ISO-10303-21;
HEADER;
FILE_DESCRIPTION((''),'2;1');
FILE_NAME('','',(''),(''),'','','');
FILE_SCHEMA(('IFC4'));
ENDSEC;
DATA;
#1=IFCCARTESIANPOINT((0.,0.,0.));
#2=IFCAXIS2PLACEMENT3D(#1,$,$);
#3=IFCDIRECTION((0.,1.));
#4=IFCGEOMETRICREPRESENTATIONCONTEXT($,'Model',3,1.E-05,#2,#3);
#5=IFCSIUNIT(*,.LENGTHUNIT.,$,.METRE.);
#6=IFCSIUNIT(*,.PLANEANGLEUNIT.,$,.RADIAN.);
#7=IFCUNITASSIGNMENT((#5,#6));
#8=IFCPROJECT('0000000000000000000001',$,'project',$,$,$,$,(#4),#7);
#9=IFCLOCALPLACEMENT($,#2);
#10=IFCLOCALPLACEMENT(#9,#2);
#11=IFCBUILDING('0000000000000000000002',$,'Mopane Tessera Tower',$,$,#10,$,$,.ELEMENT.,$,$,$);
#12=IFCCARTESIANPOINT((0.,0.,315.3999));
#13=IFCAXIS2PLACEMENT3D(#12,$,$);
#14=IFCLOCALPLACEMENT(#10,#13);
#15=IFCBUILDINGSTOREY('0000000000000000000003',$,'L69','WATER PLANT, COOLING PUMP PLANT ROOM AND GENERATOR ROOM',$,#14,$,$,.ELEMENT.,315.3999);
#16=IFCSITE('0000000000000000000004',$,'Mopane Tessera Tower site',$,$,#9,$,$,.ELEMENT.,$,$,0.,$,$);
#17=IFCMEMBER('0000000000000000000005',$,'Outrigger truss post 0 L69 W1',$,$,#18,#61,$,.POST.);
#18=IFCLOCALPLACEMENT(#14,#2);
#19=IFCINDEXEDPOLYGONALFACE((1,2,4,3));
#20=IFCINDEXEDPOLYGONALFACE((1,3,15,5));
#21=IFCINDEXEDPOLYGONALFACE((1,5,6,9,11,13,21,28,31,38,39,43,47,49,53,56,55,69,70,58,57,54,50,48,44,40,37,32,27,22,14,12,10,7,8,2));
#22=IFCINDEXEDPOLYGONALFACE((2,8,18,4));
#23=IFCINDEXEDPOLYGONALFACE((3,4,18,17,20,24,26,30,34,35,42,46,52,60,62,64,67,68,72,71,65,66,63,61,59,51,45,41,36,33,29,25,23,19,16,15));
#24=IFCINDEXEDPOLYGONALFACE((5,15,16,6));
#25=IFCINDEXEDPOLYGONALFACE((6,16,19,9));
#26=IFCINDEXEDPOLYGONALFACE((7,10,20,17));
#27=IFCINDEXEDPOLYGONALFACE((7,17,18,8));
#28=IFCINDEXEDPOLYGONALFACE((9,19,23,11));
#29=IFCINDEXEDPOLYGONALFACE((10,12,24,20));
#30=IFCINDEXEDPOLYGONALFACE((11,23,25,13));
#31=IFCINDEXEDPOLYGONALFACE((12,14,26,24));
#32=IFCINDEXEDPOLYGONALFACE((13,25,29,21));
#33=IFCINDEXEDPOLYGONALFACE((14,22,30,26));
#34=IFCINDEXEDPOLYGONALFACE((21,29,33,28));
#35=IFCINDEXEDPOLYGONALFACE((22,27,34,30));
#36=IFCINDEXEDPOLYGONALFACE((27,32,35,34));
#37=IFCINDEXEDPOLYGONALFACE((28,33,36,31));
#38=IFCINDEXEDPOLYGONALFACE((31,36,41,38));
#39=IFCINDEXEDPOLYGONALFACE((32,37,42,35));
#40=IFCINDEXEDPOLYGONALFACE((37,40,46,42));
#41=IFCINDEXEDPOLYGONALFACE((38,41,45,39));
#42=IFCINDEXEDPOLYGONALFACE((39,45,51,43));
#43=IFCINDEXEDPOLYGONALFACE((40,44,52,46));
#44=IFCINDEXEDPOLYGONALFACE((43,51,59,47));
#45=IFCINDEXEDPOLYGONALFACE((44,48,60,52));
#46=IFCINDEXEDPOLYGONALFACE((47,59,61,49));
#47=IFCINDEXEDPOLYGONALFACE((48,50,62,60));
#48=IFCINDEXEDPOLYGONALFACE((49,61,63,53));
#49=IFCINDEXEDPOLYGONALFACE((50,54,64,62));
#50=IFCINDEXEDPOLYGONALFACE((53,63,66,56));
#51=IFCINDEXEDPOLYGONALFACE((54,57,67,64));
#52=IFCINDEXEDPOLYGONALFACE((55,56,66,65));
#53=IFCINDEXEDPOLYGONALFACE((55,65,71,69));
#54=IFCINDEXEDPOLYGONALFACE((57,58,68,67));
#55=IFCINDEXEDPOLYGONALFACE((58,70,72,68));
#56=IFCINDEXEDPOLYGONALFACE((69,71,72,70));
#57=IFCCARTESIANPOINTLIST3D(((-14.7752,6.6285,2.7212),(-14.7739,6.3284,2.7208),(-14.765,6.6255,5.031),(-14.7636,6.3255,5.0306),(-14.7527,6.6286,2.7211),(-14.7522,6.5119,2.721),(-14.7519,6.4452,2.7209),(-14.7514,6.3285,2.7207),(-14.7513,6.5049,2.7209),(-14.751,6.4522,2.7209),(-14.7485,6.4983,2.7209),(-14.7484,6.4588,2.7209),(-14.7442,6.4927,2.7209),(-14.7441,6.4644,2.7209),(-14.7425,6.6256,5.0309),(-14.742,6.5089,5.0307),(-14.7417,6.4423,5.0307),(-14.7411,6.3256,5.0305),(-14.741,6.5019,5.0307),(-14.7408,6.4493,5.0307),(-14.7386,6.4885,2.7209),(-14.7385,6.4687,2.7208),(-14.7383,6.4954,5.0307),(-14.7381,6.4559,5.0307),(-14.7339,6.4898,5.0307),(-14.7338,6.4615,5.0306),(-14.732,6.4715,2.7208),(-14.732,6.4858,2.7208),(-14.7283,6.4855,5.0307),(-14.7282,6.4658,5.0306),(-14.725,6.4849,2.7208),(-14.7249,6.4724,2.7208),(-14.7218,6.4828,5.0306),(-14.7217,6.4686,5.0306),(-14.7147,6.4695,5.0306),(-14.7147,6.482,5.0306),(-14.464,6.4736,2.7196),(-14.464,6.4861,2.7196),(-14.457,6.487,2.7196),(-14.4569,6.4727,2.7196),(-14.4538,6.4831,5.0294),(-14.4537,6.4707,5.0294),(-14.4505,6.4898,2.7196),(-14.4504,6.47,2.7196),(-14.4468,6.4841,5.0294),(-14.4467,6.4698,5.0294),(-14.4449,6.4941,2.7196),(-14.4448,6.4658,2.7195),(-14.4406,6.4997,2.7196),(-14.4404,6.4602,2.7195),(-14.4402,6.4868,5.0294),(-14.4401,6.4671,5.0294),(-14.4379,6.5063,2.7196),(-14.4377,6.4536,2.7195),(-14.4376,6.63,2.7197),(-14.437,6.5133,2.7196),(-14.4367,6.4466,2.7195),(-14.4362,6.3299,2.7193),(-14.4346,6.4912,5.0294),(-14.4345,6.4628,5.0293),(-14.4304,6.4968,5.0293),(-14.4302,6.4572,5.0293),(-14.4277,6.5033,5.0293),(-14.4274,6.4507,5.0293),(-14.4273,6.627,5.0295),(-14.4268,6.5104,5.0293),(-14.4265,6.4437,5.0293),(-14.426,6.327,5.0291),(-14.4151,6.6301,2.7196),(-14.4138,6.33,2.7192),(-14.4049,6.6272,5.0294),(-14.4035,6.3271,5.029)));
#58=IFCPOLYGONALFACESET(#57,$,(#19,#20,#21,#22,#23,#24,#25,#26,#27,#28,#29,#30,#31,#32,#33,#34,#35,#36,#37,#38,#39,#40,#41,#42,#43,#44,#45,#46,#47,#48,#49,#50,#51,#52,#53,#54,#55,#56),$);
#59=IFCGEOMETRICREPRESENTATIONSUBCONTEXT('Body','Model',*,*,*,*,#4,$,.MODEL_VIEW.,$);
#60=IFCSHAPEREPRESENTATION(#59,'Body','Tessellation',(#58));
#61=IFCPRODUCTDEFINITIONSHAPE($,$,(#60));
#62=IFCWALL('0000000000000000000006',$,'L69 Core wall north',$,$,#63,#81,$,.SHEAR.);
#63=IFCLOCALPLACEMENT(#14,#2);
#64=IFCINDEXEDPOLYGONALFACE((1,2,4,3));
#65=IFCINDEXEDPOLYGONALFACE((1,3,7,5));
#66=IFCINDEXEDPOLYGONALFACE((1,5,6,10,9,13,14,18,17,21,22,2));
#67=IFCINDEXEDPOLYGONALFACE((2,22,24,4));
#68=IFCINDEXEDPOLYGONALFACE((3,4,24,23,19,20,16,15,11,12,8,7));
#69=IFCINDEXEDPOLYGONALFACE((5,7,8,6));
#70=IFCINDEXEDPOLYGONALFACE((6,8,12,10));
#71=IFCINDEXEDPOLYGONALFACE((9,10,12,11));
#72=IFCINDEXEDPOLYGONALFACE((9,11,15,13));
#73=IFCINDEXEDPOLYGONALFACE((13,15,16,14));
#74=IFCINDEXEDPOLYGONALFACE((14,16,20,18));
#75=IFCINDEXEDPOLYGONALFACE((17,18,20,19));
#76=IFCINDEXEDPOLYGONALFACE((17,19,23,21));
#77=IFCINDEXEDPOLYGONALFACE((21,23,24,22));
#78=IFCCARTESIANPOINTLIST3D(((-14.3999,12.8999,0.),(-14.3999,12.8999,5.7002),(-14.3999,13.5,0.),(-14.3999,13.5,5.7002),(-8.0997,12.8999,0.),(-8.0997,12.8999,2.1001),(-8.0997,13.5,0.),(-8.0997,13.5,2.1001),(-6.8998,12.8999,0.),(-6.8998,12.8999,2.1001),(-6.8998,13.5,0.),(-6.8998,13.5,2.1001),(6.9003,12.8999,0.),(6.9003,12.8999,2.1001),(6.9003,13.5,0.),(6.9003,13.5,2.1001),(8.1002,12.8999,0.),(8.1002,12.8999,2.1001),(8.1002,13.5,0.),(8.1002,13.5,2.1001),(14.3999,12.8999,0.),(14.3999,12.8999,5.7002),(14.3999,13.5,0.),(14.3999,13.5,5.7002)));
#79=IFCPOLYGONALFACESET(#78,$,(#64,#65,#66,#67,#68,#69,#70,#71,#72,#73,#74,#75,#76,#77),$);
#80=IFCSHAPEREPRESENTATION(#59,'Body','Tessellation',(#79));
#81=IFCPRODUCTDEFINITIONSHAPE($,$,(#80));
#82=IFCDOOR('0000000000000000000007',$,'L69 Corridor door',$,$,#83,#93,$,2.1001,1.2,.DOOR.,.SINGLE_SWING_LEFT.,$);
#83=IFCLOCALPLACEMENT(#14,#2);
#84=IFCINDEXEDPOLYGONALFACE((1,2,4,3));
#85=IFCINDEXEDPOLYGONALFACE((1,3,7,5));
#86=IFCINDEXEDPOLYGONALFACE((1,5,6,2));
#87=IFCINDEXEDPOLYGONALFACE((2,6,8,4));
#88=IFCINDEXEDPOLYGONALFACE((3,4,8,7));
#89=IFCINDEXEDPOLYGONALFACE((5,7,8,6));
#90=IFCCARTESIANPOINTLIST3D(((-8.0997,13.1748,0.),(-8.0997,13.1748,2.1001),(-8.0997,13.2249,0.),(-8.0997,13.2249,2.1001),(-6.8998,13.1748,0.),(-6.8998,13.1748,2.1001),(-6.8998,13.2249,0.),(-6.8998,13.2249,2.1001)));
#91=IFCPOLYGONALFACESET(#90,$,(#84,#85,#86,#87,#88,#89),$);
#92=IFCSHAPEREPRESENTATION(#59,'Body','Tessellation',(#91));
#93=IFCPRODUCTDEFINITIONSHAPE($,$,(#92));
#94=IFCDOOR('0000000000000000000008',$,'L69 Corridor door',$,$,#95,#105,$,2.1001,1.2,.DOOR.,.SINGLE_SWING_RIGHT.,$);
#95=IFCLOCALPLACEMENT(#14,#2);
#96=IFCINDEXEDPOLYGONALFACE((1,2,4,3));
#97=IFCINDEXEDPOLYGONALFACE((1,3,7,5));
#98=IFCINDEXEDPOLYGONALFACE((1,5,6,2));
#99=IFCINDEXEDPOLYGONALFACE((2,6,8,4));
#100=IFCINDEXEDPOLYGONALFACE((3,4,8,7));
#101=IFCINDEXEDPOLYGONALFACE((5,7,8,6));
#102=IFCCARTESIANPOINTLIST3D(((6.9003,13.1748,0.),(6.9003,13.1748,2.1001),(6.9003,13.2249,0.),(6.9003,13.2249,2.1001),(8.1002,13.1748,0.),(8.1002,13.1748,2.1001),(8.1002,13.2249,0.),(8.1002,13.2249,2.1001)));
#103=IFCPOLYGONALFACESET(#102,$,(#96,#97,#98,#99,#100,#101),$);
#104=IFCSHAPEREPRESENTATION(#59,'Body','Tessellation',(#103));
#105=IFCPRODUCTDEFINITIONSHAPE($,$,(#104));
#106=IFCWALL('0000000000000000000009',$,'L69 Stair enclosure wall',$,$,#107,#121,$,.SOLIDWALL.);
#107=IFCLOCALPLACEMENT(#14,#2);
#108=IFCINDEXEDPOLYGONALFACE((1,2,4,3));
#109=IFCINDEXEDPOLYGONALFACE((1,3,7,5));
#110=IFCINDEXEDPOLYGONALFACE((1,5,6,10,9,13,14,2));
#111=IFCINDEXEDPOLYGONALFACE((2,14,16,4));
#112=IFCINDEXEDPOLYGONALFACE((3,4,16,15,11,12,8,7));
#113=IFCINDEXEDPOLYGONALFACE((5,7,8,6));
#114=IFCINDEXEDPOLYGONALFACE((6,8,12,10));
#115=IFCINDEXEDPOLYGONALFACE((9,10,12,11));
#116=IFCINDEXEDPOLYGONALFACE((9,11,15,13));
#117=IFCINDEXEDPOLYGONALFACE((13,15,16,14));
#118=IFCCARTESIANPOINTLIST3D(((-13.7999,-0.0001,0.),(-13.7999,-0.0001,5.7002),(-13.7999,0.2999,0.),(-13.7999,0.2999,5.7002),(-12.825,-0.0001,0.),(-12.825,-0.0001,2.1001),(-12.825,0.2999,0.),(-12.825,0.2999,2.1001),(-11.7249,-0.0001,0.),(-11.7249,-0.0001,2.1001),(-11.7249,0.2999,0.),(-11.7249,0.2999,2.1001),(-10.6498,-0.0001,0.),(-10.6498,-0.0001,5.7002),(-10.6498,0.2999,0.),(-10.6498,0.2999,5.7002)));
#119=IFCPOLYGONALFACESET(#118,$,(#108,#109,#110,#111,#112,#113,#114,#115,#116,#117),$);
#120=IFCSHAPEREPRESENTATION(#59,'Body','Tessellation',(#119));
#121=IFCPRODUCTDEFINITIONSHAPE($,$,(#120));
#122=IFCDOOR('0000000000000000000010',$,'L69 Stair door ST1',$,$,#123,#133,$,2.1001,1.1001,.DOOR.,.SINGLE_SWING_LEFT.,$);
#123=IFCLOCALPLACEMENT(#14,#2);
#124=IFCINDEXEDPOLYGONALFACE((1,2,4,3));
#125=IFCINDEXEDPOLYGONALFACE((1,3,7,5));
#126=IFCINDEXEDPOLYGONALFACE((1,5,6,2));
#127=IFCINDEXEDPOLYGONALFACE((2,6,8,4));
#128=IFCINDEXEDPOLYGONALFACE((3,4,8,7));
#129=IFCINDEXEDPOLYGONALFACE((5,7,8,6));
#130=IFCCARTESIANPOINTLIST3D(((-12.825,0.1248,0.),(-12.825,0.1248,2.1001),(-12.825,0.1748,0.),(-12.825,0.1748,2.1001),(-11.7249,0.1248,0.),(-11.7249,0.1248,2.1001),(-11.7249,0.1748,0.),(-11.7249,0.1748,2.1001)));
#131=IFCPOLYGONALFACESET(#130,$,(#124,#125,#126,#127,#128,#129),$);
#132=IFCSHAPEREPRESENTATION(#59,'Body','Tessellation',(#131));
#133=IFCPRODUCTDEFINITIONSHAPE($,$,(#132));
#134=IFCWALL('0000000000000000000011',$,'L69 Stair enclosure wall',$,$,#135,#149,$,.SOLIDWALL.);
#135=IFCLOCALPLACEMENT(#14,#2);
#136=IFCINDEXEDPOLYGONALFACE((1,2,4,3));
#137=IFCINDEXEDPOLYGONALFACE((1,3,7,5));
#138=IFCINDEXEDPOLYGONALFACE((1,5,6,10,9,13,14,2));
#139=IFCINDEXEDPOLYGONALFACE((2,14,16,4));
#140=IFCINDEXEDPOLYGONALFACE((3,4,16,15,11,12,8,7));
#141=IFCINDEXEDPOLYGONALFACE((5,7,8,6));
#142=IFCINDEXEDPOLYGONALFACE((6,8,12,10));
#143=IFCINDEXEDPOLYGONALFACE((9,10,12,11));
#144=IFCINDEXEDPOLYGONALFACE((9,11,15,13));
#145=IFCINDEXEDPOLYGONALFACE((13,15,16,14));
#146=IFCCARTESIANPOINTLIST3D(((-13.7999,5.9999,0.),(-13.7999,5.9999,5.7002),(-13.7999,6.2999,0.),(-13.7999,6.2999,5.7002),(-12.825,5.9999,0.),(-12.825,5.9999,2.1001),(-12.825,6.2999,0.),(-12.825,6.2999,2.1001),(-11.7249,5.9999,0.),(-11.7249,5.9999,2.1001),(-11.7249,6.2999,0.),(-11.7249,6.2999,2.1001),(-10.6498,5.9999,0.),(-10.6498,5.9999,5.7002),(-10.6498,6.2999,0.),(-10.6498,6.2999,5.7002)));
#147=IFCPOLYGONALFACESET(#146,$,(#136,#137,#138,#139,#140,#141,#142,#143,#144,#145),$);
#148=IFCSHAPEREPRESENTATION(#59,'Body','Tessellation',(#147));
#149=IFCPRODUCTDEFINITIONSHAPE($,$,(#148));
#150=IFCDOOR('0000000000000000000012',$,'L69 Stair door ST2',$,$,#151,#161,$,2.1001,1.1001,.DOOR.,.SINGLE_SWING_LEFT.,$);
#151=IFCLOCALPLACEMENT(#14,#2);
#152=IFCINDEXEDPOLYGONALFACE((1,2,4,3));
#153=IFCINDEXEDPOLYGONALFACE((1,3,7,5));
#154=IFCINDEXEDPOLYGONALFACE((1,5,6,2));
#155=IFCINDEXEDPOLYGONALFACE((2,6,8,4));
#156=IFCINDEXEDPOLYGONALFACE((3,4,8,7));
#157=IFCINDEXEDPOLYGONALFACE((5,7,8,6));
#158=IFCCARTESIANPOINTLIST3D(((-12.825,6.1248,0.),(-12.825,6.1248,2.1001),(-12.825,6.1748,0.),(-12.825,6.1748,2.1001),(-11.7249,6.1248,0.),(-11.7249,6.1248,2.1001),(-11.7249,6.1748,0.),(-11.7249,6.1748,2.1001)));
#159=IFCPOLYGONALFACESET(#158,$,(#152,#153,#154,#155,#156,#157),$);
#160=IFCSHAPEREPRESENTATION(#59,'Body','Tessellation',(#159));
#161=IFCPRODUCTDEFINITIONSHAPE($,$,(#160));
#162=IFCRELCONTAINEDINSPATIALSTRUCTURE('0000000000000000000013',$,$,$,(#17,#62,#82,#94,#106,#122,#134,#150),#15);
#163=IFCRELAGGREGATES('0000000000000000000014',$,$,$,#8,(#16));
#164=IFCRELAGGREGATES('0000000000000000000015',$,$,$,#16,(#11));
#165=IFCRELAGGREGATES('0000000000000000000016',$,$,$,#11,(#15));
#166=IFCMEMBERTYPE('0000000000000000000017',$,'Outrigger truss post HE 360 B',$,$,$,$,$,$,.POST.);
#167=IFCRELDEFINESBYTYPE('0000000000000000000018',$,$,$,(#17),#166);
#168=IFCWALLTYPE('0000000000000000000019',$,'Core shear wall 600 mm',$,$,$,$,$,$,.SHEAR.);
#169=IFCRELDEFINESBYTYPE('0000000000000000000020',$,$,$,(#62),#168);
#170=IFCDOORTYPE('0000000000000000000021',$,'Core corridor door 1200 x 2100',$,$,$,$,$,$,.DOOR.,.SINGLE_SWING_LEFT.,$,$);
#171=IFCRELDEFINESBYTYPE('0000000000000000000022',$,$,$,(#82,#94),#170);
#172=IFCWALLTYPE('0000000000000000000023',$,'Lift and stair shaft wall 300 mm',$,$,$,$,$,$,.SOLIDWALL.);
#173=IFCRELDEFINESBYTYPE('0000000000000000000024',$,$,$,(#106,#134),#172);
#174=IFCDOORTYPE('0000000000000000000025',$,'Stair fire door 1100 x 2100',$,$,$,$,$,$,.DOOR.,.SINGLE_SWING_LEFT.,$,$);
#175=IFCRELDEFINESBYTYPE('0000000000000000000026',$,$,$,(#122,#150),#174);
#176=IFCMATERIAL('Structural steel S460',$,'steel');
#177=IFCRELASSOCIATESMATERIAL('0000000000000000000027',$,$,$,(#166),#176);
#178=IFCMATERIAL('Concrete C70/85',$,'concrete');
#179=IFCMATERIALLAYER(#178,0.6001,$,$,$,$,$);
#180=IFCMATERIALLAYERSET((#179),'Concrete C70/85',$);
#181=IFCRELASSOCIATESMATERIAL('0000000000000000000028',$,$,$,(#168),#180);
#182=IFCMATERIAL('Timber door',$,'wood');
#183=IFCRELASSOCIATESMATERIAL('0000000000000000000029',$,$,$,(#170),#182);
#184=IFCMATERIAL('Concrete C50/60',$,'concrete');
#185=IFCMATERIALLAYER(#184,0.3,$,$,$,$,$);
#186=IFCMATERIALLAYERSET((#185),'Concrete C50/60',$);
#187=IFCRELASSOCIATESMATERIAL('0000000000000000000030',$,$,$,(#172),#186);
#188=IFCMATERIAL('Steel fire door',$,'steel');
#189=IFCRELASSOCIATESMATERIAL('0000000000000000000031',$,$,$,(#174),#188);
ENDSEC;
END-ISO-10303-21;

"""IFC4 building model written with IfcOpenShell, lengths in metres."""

from ifc_helpers import new_model, si_unit, direction, frame, frame_2d, origin, origin_2d, place, context, subcontext, project, spatial, rectangle, i_section, extrude, material, layer, layer_set, material_profile, profile_set, type_object, element, fill, save


model = new_model("IFC4")

# Units and contexts
model_context = context("Model", 3, precision=1e-05, world=origin(), true_north=direction((0.0, 1.0)))
body_context = subcontext(model_context, "Body", "Model", "MODEL_VIEW")
ifc_project = project(units=[si_unit("LENGTHUNIT", "METRE"), si_unit("PLANEANGLEUNIT", "RADIAN")], contexts=[model_context])

# Site, building, storey
site_placement = place(None, origin())
site = spatial("IfcSite", under=ifc_project, at=site_placement, Name="Mopane Tessera Tower site", CompositionType="ELEMENT", RefElevation=0.0)
building_placement = place(site_placement, origin())
building = spatial("IfcBuilding", under=site, at=building_placement, Name="Mopane Tessera Tower", CompositionType="ELEMENT")
storey_placement = place(building_placement, frame((0.0, 0.0, 315.3999)))
storey = spatial("IfcBuildingStorey", under=building, at=storey_placement, Name="L69", Description="WATER PLANT, COOLING PUMP PLANT ROOM AND GENERATOR ROOM", CompositionType="ELEMENT", Elevation=315.3999)

# Member
ifc_material_1 = material(Name="Structural steel S460", Category="steel")
ifc_material_profile_1 = material_profile(ifc_material_1, i_section(OverallWidth=0.3, OverallDepth=0.3601, WebThickness=0.0125, FlangeThickness=0.0225, FilletRadius=0.0271, at=origin_2d()))
ifc_profile_set_1 = profile_set([ifc_material_profile_1], Name="Structural steel S460")
member_type_1 = type_object("IfcMemberType", Name="Outrigger truss post HE 360 B", PredefinedType="POST", material=ifc_profile_set_1)
member_1_placement = place(storey_placement, frame((-14.5945, 6.4792, 2.7202), z_axis=(0.004439, -0.001268, 0.999989), x_axis=(0.004491, -0.999989, -0.001288)))
element("IfcMember", 1, at=member_1_placement, inside=storey, type_object=member_type_1, Name="Outrigger truss post 0 L69 W1", PredefinedType="POST", context=body_context, shape_type="SweptSolid", body=[
    extrude(i_section(OverallWidth=0.3, OverallDepth=0.3601, WebThickness=0.0125, FlangeThickness=0.0225, FilletRadius=0.0271, at=origin_2d()), origin(), (0.0, 0.0, 1.0), 2.3098),
])

# Wall, openings, doors
ifc_material_2 = material(Name="Concrete C70/85", Category="concrete")
ifc_layer_1 = layer(ifc_material_2, 0.6001)
ifc_layer_set_1 = layer_set([ifc_layer_1], Name="Concrete C70/85")
wall_type_1 = type_object("IfcWallType", Name="Core shear wall 600 mm", PredefinedType="SHEAR", material=ifc_layer_set_1)
wall_1_placement = place(storey_placement, frame((-14.3999, 13.2, 0.0), z_axis=(0.0, 0.0, 1.0), x_axis=(1.0, 0.0, 0.0)))
wall_1 = element("IfcWall", 2, at=wall_1_placement, inside=storey, type_object=wall_type_1, Name="L69 Core wall north", PredefinedType="SHEAR", context=body_context, shape_type="SweptSolid", body=[
    extrude(rectangle(XDim=28.7998, YDim=0.6001, at=frame_2d((14.3999, 0.0))), origin(), (0.0, 0.0, 1.0), 5.7002),
])
opening_1_placement = place(wall_1_placement, frame((6.3, 0.0, 0.0)))
opening_1 = element("IfcOpeningElement", 3, at=opening_1_placement, cuts=wall_1, PredefinedType="OPENING", context=body_context, shape_type="SweptSolid", body=[
    extrude(rectangle(XDim=1.2, YDim=2.1001, at=frame_2d((0.6001, 1.05))), frame((0.0, 0.312, 0.0), z_axis=(0.0, -1.0, 0.0), x_axis=(1.0, 0.0, 0.0)), (0.0, 0.0, 1.0), 0.624),
])
opening_2_placement = place(wall_1_placement, frame((21.3, 0.0, 0.0)))
opening_2 = element("IfcOpeningElement", 4, at=opening_2_placement, cuts=wall_1, PredefinedType="OPENING", context=body_context, shape_type="SweptSolid", body=[
    extrude(rectangle(XDim=1.2, YDim=2.1001, at=frame_2d((0.6001, 1.05))), frame((0.0, 0.312, 0.0), z_axis=(0.0, -1.0, 0.0), x_axis=(1.0, 0.0, 0.0)), (0.0, 0.0, 1.0), 0.624),
])
ifc_material_3 = material(Name="Timber door", Category="wood")
door_type_1 = type_object("IfcDoorType", Name="Core corridor door 1200 x 2100", OperationType="SINGLE_SWING_LEFT", PredefinedType="DOOR", material=ifc_material_3)
door_1_placement = place(opening_1_placement, origin())
door_1 = element("IfcDoor", 5, at=door_1_placement, inside=storey, type_object=door_type_1, Name="L69 Corridor door", OperationType="SINGLE_SWING_LEFT", OverallHeight=2.1001, OverallWidth=1.2, PredefinedType="DOOR", context=body_context, shape_type="SweptSolid", body=[
    extrude(rectangle(XDim=1.2, YDim=2.1001, at=frame_2d((0.6001, 1.05))), frame((0.0, 0.0249, 0.0), z_axis=(0.0, -1.0, 0.0), x_axis=(1.0, 0.0, 0.0)), (0.0, 0.0, 1.0), 0.05),
])
fill(opening_1, door_1)
door_2_placement = place(opening_2_placement, origin())
door_2 = element("IfcDoor", 6, at=door_2_placement, inside=storey, type_object=door_type_1, Name="L69 Corridor door", OperationType="SINGLE_SWING_RIGHT", OverallHeight=2.1001, OverallWidth=1.2, PredefinedType="DOOR", context=body_context, shape_type="SweptSolid", body=[
    extrude(rectangle(XDim=1.2, YDim=2.1001, at=frame_2d((0.6001, 1.05))), frame((0.0, 0.0249, 0.0), z_axis=(0.0, -1.0, 0.0), x_axis=(1.0, 0.0, 0.0)), (0.0, 0.0, 1.0), 0.05),
])
fill(opening_2, door_2)

# Walls, openings, doors
ifc_material_4 = material(Name="Concrete C50/60", Category="concrete")
ifc_layer_2 = layer(ifc_material_4, 0.3)
ifc_layer_set_2 = layer_set([ifc_layer_2], Name="Concrete C50/60")
wall_type_2 = type_object("IfcWallType", Name="Lift and stair shaft wall 300 mm", PredefinedType="SOLIDWALL", material=ifc_layer_set_2)
wall_2_placement = place(storey_placement, frame((-13.8, 0.1499, 0.0), z_axis=(0.0, 0.0, 1.0), x_axis=(1.0, 0.0, 0.0)))
wall_2 = element("IfcWall", 7, at=wall_2_placement, inside=storey, type_object=wall_type_2, Name="L69 Stair enclosure wall", PredefinedType="SOLIDWALL", context=body_context, shape_type="SweptSolid", body=[
    extrude(rectangle(XDim=3.1501, YDim=0.3, at=frame_2d((1.5752, 0.0))), origin(), (0.0, 0.0, 1.0), 5.7002),
])
opening_3_placement = place(wall_2_placement, frame((0.9751, 0.0, 0.0)))
opening_3 = element("IfcOpeningElement", 8, at=opening_3_placement, cuts=wall_2, PredefinedType="OPENING", context=body_context, shape_type="SweptSolid", body=[
    extrude(rectangle(XDim=1.1001, YDim=2.1001, at=frame_2d((0.55, 1.05))), frame((0.0, 0.1621, 0.0), z_axis=(0.0, -1.0, 0.0), x_axis=(1.0, 0.0, 0.0)), (0.0, 0.0, 1.0), 0.324),
])
ifc_material_5 = material(Name="Steel fire door", Category="steel")
door_type_2 = type_object("IfcDoorType", Name="Stair fire door 1100 x 2100", OperationType="SINGLE_SWING_LEFT", PredefinedType="DOOR", material=ifc_material_5)
door_3_placement = place(opening_3_placement, origin())
door_3 = element("IfcDoor", 9, at=door_3_placement, inside=storey, type_object=door_type_2, Name="L69 Stair door ST1", OperationType="SINGLE_SWING_LEFT", OverallHeight=2.1001, OverallWidth=1.1001, PredefinedType="DOOR", context=body_context, shape_type="SweptSolid", body=[
    extrude(rectangle(XDim=1.1001, YDim=2.1001, at=frame_2d((0.55, 1.05))), frame((0.0, 0.0249, 0.0), z_axis=(0.0, -1.0, 0.0), x_axis=(1.0, 0.0, 0.0)), (0.0, 0.0, 1.0), 0.05),
])
fill(opening_3, door_3)
wall_3_placement = place(storey_placement, frame((-13.8, 6.1499, 0.0), z_axis=(0.0, 0.0, 1.0), x_axis=(1.0, 0.0, 0.0)))
wall_3 = element("IfcWall", 10, at=wall_3_placement, inside=storey, type_object=wall_type_2, Name="L69 Stair enclosure wall", PredefinedType="SOLIDWALL", context=body_context, shape_type="SweptSolid", body=[
    extrude(rectangle(XDim=3.1501, YDim=0.3, at=frame_2d((1.5752, 0.0))), origin(), (0.0, 0.0, 1.0), 5.7002),
])
opening_4_placement = place(wall_3_placement, frame((0.9751, 0.0, 0.0)))
opening_4 = element("IfcOpeningElement", 11, at=opening_4_placement, cuts=wall_3, PredefinedType="OPENING", context=body_context, shape_type="SweptSolid", body=[
    extrude(rectangle(XDim=1.1001, YDim=2.1001, at=frame_2d((0.55, 1.05))), frame((0.0, 0.1621, 0.0), z_axis=(0.0, -1.0, 0.0), x_axis=(1.0, 0.0, 0.0)), (0.0, 0.0, 1.0), 0.324),
])
door_4_placement = place(opening_4_placement, origin())
door_4 = element("IfcDoor", 12, at=door_4_placement, inside=storey, type_object=door_type_2, Name="L69 Stair door ST2", OperationType="SINGLE_SWING_LEFT", OverallHeight=2.1001, OverallWidth=1.1001, PredefinedType="DOOR", context=body_context, shape_type="SweptSolid", body=[
    extrude(rectangle(XDim=1.1001, YDim=2.1001, at=frame_2d((0.55, 1.05))), frame((0.0, 0.0249, 0.0), z_axis=(0.0, -1.0, 0.0), x_axis=(1.0, 0.0, 0.0)), (0.0, 0.0, 1.0), 0.05),
])
fill(opening_4, door_4)

save(model, "model.ifc")
